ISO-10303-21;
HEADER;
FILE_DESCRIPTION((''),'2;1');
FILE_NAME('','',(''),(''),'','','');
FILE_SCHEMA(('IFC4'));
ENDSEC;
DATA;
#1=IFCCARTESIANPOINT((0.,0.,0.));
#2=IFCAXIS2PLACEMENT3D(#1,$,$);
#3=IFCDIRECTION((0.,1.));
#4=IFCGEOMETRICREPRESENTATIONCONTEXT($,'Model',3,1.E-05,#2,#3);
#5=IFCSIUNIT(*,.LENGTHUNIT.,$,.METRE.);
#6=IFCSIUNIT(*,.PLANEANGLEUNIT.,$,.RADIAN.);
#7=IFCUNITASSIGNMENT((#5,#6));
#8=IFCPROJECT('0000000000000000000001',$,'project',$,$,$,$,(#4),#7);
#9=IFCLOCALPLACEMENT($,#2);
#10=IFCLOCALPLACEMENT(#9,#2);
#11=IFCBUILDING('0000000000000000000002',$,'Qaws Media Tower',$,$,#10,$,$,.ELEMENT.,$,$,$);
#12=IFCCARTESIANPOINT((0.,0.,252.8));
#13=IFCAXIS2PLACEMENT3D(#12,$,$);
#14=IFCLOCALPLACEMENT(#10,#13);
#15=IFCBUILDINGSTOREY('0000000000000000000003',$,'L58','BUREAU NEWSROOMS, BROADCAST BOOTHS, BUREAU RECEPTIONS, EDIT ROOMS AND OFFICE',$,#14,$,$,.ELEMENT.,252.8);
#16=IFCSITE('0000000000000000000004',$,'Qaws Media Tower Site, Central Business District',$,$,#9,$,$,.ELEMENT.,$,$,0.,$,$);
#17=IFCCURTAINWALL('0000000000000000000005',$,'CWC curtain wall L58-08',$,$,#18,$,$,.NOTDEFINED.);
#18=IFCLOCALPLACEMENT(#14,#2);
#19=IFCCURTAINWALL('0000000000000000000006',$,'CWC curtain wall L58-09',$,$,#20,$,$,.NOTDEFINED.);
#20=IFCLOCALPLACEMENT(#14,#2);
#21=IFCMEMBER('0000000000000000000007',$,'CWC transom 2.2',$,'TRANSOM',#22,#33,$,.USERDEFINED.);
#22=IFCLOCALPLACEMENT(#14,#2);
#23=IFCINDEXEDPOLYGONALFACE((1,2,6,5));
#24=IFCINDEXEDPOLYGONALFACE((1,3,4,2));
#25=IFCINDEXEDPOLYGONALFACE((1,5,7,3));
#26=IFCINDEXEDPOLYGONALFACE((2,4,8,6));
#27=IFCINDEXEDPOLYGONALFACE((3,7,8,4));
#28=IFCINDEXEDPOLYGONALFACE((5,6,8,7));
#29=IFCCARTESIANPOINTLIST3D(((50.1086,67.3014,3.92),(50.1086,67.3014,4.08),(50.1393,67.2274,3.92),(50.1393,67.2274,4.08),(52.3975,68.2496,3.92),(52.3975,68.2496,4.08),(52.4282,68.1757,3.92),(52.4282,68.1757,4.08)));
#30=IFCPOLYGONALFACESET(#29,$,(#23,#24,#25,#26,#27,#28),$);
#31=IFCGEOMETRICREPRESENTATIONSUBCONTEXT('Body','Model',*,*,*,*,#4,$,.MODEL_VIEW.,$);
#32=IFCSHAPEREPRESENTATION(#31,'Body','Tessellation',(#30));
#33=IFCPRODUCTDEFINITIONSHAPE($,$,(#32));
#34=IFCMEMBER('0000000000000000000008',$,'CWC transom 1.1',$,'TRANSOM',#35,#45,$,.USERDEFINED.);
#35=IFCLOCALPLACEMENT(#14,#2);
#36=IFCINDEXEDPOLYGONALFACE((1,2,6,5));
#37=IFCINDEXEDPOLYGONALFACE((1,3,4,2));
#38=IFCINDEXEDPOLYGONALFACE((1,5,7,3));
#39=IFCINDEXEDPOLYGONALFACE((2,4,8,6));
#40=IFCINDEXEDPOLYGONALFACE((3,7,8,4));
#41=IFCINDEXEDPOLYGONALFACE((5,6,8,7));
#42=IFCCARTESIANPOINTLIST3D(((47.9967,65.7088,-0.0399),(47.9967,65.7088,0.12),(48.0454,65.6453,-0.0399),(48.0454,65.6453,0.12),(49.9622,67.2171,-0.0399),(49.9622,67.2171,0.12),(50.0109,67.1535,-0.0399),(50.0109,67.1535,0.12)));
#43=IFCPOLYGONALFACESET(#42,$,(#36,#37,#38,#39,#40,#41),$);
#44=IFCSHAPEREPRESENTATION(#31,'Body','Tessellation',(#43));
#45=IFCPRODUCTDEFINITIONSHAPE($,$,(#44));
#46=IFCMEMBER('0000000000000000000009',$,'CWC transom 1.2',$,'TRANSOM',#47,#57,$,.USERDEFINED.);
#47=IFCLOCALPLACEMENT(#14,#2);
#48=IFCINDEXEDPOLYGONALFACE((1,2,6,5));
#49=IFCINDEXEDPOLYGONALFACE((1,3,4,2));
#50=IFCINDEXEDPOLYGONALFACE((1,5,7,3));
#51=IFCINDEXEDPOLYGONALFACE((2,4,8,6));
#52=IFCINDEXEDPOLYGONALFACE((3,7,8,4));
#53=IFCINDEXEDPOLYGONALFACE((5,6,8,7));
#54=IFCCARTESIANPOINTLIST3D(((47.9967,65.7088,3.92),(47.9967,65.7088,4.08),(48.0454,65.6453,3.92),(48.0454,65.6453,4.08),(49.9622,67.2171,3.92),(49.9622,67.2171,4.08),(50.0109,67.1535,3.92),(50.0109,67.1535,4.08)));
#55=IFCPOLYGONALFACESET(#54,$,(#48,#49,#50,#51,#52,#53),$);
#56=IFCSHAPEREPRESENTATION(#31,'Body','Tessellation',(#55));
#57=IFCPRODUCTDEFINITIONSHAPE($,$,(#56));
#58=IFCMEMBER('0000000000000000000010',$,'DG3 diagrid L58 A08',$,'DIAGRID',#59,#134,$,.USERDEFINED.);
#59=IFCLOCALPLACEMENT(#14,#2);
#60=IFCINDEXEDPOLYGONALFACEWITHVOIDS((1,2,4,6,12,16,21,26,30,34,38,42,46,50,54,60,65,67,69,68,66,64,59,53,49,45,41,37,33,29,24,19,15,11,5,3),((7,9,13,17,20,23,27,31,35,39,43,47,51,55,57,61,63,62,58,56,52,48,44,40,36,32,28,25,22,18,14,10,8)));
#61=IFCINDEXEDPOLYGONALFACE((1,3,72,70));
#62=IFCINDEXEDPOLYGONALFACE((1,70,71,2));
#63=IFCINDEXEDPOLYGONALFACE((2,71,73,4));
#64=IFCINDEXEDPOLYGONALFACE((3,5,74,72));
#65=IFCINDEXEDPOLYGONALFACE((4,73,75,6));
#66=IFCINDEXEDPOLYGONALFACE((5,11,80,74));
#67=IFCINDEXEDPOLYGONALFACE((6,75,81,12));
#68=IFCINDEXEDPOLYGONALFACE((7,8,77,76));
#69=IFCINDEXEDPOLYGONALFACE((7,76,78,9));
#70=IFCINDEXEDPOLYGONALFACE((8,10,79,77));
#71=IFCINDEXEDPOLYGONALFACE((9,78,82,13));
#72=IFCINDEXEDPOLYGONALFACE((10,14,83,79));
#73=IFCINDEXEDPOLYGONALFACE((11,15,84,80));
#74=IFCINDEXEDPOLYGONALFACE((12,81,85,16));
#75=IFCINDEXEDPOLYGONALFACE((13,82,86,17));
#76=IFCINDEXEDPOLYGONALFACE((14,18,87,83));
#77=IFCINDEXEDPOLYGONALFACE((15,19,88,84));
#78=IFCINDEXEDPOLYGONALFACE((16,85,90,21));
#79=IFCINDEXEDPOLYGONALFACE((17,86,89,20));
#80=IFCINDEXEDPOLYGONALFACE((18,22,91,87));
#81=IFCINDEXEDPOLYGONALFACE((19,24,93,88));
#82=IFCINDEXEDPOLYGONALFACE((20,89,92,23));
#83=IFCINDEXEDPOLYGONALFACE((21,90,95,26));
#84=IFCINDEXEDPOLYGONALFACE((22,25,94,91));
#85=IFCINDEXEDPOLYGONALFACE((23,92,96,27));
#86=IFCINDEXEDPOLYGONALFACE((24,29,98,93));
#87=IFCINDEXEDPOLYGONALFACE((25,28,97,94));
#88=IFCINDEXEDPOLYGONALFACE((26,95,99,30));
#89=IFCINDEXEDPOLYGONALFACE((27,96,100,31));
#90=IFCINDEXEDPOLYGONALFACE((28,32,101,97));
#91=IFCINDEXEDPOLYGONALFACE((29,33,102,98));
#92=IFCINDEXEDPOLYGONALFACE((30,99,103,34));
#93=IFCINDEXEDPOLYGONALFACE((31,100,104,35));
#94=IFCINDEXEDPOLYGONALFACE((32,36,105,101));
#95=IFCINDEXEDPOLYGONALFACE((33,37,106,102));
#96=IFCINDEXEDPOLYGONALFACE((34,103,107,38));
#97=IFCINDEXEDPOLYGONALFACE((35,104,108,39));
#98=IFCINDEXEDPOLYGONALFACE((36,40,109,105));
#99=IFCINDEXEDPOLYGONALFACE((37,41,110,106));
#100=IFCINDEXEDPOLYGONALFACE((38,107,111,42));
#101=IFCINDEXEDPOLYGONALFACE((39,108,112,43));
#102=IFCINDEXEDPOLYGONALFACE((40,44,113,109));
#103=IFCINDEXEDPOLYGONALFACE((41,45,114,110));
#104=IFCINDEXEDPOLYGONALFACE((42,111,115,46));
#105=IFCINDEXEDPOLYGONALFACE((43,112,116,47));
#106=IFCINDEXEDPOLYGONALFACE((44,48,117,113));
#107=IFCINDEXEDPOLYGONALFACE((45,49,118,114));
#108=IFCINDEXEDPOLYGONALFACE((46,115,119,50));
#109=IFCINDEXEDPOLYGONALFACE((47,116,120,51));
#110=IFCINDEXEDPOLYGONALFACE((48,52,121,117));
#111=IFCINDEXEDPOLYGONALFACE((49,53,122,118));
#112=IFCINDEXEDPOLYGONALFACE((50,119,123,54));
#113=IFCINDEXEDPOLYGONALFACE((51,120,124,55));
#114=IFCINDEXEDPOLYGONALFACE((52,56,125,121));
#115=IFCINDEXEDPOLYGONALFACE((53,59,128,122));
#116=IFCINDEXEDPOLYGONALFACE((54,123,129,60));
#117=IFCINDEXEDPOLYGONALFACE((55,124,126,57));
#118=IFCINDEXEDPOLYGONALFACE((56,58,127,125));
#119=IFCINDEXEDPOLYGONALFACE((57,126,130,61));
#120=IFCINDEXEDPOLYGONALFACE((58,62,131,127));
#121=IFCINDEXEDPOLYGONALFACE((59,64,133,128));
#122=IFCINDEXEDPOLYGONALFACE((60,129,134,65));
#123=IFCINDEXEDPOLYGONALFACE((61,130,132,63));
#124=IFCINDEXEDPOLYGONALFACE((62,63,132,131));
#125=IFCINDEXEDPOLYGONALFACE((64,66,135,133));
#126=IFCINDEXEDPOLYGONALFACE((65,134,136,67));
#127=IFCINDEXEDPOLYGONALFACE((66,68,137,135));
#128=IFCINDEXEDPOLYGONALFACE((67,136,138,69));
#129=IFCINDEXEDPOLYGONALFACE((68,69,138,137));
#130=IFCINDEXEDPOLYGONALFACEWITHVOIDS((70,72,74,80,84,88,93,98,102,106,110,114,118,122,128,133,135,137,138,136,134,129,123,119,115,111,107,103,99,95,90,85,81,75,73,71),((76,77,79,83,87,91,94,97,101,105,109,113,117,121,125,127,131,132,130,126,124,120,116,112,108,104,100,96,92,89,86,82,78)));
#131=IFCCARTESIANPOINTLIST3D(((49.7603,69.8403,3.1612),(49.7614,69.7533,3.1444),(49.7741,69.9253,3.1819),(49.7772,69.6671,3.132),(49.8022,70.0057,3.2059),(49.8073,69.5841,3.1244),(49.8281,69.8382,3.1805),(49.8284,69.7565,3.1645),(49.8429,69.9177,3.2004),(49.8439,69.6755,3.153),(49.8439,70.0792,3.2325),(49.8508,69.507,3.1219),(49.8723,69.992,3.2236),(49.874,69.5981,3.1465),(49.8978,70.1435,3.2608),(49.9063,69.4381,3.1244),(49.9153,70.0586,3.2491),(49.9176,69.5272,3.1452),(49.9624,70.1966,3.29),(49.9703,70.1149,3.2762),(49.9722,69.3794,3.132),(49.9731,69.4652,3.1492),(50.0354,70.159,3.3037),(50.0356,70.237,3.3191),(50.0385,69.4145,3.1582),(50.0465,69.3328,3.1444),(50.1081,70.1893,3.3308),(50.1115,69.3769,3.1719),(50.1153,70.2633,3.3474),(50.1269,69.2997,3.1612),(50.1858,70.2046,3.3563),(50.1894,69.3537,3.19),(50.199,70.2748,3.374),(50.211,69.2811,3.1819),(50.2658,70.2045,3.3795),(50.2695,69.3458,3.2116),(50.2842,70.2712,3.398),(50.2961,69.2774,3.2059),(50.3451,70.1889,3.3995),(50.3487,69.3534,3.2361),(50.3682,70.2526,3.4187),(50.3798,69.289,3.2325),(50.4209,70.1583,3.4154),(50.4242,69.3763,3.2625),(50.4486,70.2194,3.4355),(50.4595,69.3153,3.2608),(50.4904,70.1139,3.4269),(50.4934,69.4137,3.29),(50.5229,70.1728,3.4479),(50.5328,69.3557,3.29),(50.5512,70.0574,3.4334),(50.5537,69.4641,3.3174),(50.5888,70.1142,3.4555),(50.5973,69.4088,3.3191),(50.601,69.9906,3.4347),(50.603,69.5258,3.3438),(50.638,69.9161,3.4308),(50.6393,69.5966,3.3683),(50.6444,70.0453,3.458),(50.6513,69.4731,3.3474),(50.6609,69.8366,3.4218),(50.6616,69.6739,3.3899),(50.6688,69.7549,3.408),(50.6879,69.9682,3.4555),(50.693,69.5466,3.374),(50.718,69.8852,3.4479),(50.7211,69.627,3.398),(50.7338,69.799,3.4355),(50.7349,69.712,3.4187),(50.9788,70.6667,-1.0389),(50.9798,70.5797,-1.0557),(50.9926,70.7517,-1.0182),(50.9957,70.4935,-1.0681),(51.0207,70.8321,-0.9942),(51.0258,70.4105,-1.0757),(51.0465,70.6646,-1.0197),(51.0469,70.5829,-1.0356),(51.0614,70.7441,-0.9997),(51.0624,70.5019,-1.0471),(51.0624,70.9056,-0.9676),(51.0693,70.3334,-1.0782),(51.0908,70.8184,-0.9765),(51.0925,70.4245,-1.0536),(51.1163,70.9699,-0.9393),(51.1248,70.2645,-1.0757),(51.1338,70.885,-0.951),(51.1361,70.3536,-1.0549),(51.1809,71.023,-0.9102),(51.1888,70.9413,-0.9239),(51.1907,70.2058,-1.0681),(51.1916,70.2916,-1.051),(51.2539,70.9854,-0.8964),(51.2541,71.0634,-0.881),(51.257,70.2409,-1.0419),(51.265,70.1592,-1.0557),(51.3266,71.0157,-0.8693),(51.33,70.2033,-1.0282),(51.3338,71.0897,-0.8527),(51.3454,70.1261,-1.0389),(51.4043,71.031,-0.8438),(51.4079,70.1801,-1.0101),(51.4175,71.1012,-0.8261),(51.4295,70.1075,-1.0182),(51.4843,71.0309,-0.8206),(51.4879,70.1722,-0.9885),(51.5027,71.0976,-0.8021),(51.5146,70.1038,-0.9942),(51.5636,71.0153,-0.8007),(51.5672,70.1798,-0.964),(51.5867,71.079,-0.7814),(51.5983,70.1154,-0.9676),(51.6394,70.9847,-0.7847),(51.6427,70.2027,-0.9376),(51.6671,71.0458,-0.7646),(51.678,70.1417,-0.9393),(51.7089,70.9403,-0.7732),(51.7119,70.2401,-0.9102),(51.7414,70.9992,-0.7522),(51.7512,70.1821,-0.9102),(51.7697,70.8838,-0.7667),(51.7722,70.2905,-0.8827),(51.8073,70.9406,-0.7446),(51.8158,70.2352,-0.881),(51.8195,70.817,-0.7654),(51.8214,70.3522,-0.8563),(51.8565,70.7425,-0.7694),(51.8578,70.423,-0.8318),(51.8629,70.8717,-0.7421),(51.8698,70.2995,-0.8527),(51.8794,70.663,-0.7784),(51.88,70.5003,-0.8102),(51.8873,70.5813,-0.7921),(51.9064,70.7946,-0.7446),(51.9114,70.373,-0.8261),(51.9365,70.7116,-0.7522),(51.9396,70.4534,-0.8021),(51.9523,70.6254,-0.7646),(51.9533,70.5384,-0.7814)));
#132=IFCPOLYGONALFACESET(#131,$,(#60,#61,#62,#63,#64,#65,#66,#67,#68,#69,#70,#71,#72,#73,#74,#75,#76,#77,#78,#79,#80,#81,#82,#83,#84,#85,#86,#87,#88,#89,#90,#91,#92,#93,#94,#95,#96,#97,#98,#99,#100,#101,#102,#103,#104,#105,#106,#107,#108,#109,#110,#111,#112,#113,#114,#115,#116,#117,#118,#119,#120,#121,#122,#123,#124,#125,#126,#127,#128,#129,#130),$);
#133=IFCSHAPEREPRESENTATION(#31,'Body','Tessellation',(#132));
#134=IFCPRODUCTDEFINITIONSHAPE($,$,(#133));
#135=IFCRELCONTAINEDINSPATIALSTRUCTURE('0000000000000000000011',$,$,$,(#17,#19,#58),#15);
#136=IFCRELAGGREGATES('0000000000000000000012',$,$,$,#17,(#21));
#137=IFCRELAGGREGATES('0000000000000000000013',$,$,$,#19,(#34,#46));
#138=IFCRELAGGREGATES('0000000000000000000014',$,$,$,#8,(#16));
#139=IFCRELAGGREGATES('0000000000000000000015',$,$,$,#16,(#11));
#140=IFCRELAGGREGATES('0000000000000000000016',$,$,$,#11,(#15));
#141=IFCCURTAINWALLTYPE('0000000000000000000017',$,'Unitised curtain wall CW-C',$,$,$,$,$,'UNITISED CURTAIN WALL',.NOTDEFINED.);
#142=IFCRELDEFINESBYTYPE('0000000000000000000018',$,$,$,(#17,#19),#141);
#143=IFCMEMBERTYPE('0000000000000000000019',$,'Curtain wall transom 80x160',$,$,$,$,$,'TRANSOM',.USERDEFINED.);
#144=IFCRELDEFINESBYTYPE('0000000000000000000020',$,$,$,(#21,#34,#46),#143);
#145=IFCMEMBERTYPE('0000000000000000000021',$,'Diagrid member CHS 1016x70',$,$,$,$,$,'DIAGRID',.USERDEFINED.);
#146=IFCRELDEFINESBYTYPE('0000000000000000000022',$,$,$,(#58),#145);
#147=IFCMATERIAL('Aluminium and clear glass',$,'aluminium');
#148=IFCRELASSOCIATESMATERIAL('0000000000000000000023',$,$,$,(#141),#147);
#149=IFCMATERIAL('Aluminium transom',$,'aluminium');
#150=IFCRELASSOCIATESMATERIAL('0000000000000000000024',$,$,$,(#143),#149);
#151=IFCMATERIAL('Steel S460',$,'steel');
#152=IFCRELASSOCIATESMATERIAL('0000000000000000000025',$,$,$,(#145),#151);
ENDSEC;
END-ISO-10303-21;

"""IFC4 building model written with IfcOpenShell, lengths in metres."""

from ifc_helpers import new_model, si_unit, direction, frame, origin, origin_2d, place, context, subcontext, project, spatial, rectangle, hollow_circle, extrude, material, material_profile, profile_set, type_object, element, aggregate, save


model = new_model("IFC4")

# Units and contexts
model_context = context("Model", 3, precision=1e-05, world=origin(), true_north=direction((0.0, 1.0)))
body_context = subcontext(model_context, "Body", "Model", "MODEL_VIEW")
ifc_project = project(units=[si_unit("LENGTHUNIT", "METRE"), si_unit("PLANEANGLEUNIT", "RADIAN")], contexts=[model_context])

# Site, building, storey
site_placement = place(None, origin())
site = spatial("IfcSite", under=ifc_project, at=site_placement, Name="Qaws Media Tower Site, Central Business District", CompositionType="ELEMENT", RefElevation=0.0)
building_placement = place(site_placement, origin())
building = spatial("IfcBuilding", under=site, at=building_placement, Name="Qaws Media Tower", CompositionType="ELEMENT")
storey_placement = place(building_placement, frame((0.0, 0.0, 252.8)))
storey = spatial("IfcBuildingStorey", under=building, at=storey_placement, Name="L58", Description="BUREAU NEWSROOMS, BROADCAST BOOTHS, BUREAU RECEPTIONS, EDIT ROOMS AND OFFICE", CompositionType="ELEMENT", Elevation=252.8)

# Curtain walls
ifc_material_1 = material(Name="Aluminium and clear glass", Category="aluminium")
curtain_wall_type = type_object("IfcCurtainWallType", Name="Unitised curtain wall CW-C", ElementType="UNITISED CURTAIN WALL", PredefinedType="NOTDEFINED", material=ifc_material_1)
curtain_wall_1_placement = place(storey_placement, origin())
curtain_wall_1 = element("IfcCurtainWall", 1, at=curtain_wall_1_placement, inside=storey, type_object=curtain_wall_type, Name="CWC curtain wall L58-08", PredefinedType="NOTDEFINED")
curtain_wall_2_placement = place(storey_placement, origin())
curtain_wall_2 = element("IfcCurtainWall", 2, at=curtain_wall_2_placement, inside=storey, type_object=curtain_wall_type, Name="CWC curtain wall L58-09", PredefinedType="NOTDEFINED")

# Members
ifc_material_2 = material(Name="Aluminium transom", Category="aluminium")
ifc_material_profile_1 = material_profile(ifc_material_2, rectangle(XDim=0.0801, YDim=0.1599, at=origin_2d()), Name="80x160")
ifc_profile_set_1 = profile_set([ifc_material_profile_1], Name="Aluminium transom")
member_type_1 = type_object("IfcMemberType", Name="Curtain wall transom 80x160", ElementType="TRANSOM", PredefinedType="USERDEFINED", material=ifc_profile_set_1)
member_1_placement = place(storey_placement, frame((52.4128, 68.2126, 4.0), z_axis=(-0.923853, -0.382746, 0.0), x_axis=(0.382746, -0.923853, 0.0)))
member_1 = element("IfcMember", 3, at=member_1_placement, type_object=member_type_1, Name="CWC transom 2.2", ObjectType="TRANSOM", PredefinedType="USERDEFINED", context=body_context, shape_type="SweptSolid", body=[
    extrude(rectangle(XDim=0.0801, YDim=0.1599, at=origin_2d()), origin(), (0.0, 0.0, 1.0), 2.4775),
])
member_2_placement = place(storey_placement, frame((49.9866, 67.1853, 0.04), z_axis=(-0.793341, -0.608777, 0.0), x_axis=(0.608777, -0.793341, 0.0)))
member_2 = element("IfcMember", 4, at=member_2_placement, type_object=member_type_1, Name="CWC transom 1.1", ObjectType="TRANSOM", PredefinedType="USERDEFINED", context=body_context, shape_type="SweptSolid", body=[
    extrude(rectangle(XDim=0.0801, YDim=0.1599, at=origin_2d()), origin(), (0.0, 0.0, 1.0), 2.4775),
])
member_3_placement = place(storey_placement, frame((49.9866, 67.1853, 4.0), z_axis=(-0.793341, -0.608777, 0.0), x_axis=(0.608777, -0.793341, 0.0)))
member_3 = element("IfcMember", 5, at=member_3_placement, type_object=member_type_1, Name="CWC transom 1.2", ObjectType="TRANSOM", PredefinedType="USERDEFINED", context=body_context, shape_type="SweptSolid", body=[
    extrude(rectangle(XDim=0.0801, YDim=0.1599, at=origin_2d()), origin(), (0.0, 0.0, 1.0), 2.4775),
])

# Member
ifc_material_3 = material(Name="Steel S460", Category="steel")
ifc_material_profile_2 = material_profile(ifc_material_3, hollow_circle(Radius=0.5081, WallThickness=0.0701, at=origin_2d()), Name="CHS 1016x70")
ifc_profile_set_2 = profile_set([ifc_material_profile_2], Name="Steel S460")
member_type_2 = type_object("IfcMemberType", Name="Diagrid member CHS 1016x70", ElementType="DIAGRID", PredefinedType="USERDEFINED", material=ifc_profile_set_2)
member_4_placement = place(storey_placement, frame((51.4661, 70.6025, -0.9102), z_axis=(-0.273774, -0.185679, 0.943701), x_axis=(0.561303, -0.827611, 0.0)))
element("IfcMember", 6, at=member_4_placement, inside=storey, type_object=member_type_2, Name="DG3 diagrid L58 A08", ObjectType="DIAGRID", PredefinedType="USERDEFINED", context=body_context, shape_type="SweptSolid", body=[
    extrude(hollow_circle(Radius=0.5081, WallThickness=0.0701, at=origin_2d()), origin(), (0.0, 0.0, 1.0), 4.4507),
])

aggregate(curtain_wall_1, [member_1])
aggregate(curtain_wall_2, [member_2, member_3])

save(model, "model.ifc")
